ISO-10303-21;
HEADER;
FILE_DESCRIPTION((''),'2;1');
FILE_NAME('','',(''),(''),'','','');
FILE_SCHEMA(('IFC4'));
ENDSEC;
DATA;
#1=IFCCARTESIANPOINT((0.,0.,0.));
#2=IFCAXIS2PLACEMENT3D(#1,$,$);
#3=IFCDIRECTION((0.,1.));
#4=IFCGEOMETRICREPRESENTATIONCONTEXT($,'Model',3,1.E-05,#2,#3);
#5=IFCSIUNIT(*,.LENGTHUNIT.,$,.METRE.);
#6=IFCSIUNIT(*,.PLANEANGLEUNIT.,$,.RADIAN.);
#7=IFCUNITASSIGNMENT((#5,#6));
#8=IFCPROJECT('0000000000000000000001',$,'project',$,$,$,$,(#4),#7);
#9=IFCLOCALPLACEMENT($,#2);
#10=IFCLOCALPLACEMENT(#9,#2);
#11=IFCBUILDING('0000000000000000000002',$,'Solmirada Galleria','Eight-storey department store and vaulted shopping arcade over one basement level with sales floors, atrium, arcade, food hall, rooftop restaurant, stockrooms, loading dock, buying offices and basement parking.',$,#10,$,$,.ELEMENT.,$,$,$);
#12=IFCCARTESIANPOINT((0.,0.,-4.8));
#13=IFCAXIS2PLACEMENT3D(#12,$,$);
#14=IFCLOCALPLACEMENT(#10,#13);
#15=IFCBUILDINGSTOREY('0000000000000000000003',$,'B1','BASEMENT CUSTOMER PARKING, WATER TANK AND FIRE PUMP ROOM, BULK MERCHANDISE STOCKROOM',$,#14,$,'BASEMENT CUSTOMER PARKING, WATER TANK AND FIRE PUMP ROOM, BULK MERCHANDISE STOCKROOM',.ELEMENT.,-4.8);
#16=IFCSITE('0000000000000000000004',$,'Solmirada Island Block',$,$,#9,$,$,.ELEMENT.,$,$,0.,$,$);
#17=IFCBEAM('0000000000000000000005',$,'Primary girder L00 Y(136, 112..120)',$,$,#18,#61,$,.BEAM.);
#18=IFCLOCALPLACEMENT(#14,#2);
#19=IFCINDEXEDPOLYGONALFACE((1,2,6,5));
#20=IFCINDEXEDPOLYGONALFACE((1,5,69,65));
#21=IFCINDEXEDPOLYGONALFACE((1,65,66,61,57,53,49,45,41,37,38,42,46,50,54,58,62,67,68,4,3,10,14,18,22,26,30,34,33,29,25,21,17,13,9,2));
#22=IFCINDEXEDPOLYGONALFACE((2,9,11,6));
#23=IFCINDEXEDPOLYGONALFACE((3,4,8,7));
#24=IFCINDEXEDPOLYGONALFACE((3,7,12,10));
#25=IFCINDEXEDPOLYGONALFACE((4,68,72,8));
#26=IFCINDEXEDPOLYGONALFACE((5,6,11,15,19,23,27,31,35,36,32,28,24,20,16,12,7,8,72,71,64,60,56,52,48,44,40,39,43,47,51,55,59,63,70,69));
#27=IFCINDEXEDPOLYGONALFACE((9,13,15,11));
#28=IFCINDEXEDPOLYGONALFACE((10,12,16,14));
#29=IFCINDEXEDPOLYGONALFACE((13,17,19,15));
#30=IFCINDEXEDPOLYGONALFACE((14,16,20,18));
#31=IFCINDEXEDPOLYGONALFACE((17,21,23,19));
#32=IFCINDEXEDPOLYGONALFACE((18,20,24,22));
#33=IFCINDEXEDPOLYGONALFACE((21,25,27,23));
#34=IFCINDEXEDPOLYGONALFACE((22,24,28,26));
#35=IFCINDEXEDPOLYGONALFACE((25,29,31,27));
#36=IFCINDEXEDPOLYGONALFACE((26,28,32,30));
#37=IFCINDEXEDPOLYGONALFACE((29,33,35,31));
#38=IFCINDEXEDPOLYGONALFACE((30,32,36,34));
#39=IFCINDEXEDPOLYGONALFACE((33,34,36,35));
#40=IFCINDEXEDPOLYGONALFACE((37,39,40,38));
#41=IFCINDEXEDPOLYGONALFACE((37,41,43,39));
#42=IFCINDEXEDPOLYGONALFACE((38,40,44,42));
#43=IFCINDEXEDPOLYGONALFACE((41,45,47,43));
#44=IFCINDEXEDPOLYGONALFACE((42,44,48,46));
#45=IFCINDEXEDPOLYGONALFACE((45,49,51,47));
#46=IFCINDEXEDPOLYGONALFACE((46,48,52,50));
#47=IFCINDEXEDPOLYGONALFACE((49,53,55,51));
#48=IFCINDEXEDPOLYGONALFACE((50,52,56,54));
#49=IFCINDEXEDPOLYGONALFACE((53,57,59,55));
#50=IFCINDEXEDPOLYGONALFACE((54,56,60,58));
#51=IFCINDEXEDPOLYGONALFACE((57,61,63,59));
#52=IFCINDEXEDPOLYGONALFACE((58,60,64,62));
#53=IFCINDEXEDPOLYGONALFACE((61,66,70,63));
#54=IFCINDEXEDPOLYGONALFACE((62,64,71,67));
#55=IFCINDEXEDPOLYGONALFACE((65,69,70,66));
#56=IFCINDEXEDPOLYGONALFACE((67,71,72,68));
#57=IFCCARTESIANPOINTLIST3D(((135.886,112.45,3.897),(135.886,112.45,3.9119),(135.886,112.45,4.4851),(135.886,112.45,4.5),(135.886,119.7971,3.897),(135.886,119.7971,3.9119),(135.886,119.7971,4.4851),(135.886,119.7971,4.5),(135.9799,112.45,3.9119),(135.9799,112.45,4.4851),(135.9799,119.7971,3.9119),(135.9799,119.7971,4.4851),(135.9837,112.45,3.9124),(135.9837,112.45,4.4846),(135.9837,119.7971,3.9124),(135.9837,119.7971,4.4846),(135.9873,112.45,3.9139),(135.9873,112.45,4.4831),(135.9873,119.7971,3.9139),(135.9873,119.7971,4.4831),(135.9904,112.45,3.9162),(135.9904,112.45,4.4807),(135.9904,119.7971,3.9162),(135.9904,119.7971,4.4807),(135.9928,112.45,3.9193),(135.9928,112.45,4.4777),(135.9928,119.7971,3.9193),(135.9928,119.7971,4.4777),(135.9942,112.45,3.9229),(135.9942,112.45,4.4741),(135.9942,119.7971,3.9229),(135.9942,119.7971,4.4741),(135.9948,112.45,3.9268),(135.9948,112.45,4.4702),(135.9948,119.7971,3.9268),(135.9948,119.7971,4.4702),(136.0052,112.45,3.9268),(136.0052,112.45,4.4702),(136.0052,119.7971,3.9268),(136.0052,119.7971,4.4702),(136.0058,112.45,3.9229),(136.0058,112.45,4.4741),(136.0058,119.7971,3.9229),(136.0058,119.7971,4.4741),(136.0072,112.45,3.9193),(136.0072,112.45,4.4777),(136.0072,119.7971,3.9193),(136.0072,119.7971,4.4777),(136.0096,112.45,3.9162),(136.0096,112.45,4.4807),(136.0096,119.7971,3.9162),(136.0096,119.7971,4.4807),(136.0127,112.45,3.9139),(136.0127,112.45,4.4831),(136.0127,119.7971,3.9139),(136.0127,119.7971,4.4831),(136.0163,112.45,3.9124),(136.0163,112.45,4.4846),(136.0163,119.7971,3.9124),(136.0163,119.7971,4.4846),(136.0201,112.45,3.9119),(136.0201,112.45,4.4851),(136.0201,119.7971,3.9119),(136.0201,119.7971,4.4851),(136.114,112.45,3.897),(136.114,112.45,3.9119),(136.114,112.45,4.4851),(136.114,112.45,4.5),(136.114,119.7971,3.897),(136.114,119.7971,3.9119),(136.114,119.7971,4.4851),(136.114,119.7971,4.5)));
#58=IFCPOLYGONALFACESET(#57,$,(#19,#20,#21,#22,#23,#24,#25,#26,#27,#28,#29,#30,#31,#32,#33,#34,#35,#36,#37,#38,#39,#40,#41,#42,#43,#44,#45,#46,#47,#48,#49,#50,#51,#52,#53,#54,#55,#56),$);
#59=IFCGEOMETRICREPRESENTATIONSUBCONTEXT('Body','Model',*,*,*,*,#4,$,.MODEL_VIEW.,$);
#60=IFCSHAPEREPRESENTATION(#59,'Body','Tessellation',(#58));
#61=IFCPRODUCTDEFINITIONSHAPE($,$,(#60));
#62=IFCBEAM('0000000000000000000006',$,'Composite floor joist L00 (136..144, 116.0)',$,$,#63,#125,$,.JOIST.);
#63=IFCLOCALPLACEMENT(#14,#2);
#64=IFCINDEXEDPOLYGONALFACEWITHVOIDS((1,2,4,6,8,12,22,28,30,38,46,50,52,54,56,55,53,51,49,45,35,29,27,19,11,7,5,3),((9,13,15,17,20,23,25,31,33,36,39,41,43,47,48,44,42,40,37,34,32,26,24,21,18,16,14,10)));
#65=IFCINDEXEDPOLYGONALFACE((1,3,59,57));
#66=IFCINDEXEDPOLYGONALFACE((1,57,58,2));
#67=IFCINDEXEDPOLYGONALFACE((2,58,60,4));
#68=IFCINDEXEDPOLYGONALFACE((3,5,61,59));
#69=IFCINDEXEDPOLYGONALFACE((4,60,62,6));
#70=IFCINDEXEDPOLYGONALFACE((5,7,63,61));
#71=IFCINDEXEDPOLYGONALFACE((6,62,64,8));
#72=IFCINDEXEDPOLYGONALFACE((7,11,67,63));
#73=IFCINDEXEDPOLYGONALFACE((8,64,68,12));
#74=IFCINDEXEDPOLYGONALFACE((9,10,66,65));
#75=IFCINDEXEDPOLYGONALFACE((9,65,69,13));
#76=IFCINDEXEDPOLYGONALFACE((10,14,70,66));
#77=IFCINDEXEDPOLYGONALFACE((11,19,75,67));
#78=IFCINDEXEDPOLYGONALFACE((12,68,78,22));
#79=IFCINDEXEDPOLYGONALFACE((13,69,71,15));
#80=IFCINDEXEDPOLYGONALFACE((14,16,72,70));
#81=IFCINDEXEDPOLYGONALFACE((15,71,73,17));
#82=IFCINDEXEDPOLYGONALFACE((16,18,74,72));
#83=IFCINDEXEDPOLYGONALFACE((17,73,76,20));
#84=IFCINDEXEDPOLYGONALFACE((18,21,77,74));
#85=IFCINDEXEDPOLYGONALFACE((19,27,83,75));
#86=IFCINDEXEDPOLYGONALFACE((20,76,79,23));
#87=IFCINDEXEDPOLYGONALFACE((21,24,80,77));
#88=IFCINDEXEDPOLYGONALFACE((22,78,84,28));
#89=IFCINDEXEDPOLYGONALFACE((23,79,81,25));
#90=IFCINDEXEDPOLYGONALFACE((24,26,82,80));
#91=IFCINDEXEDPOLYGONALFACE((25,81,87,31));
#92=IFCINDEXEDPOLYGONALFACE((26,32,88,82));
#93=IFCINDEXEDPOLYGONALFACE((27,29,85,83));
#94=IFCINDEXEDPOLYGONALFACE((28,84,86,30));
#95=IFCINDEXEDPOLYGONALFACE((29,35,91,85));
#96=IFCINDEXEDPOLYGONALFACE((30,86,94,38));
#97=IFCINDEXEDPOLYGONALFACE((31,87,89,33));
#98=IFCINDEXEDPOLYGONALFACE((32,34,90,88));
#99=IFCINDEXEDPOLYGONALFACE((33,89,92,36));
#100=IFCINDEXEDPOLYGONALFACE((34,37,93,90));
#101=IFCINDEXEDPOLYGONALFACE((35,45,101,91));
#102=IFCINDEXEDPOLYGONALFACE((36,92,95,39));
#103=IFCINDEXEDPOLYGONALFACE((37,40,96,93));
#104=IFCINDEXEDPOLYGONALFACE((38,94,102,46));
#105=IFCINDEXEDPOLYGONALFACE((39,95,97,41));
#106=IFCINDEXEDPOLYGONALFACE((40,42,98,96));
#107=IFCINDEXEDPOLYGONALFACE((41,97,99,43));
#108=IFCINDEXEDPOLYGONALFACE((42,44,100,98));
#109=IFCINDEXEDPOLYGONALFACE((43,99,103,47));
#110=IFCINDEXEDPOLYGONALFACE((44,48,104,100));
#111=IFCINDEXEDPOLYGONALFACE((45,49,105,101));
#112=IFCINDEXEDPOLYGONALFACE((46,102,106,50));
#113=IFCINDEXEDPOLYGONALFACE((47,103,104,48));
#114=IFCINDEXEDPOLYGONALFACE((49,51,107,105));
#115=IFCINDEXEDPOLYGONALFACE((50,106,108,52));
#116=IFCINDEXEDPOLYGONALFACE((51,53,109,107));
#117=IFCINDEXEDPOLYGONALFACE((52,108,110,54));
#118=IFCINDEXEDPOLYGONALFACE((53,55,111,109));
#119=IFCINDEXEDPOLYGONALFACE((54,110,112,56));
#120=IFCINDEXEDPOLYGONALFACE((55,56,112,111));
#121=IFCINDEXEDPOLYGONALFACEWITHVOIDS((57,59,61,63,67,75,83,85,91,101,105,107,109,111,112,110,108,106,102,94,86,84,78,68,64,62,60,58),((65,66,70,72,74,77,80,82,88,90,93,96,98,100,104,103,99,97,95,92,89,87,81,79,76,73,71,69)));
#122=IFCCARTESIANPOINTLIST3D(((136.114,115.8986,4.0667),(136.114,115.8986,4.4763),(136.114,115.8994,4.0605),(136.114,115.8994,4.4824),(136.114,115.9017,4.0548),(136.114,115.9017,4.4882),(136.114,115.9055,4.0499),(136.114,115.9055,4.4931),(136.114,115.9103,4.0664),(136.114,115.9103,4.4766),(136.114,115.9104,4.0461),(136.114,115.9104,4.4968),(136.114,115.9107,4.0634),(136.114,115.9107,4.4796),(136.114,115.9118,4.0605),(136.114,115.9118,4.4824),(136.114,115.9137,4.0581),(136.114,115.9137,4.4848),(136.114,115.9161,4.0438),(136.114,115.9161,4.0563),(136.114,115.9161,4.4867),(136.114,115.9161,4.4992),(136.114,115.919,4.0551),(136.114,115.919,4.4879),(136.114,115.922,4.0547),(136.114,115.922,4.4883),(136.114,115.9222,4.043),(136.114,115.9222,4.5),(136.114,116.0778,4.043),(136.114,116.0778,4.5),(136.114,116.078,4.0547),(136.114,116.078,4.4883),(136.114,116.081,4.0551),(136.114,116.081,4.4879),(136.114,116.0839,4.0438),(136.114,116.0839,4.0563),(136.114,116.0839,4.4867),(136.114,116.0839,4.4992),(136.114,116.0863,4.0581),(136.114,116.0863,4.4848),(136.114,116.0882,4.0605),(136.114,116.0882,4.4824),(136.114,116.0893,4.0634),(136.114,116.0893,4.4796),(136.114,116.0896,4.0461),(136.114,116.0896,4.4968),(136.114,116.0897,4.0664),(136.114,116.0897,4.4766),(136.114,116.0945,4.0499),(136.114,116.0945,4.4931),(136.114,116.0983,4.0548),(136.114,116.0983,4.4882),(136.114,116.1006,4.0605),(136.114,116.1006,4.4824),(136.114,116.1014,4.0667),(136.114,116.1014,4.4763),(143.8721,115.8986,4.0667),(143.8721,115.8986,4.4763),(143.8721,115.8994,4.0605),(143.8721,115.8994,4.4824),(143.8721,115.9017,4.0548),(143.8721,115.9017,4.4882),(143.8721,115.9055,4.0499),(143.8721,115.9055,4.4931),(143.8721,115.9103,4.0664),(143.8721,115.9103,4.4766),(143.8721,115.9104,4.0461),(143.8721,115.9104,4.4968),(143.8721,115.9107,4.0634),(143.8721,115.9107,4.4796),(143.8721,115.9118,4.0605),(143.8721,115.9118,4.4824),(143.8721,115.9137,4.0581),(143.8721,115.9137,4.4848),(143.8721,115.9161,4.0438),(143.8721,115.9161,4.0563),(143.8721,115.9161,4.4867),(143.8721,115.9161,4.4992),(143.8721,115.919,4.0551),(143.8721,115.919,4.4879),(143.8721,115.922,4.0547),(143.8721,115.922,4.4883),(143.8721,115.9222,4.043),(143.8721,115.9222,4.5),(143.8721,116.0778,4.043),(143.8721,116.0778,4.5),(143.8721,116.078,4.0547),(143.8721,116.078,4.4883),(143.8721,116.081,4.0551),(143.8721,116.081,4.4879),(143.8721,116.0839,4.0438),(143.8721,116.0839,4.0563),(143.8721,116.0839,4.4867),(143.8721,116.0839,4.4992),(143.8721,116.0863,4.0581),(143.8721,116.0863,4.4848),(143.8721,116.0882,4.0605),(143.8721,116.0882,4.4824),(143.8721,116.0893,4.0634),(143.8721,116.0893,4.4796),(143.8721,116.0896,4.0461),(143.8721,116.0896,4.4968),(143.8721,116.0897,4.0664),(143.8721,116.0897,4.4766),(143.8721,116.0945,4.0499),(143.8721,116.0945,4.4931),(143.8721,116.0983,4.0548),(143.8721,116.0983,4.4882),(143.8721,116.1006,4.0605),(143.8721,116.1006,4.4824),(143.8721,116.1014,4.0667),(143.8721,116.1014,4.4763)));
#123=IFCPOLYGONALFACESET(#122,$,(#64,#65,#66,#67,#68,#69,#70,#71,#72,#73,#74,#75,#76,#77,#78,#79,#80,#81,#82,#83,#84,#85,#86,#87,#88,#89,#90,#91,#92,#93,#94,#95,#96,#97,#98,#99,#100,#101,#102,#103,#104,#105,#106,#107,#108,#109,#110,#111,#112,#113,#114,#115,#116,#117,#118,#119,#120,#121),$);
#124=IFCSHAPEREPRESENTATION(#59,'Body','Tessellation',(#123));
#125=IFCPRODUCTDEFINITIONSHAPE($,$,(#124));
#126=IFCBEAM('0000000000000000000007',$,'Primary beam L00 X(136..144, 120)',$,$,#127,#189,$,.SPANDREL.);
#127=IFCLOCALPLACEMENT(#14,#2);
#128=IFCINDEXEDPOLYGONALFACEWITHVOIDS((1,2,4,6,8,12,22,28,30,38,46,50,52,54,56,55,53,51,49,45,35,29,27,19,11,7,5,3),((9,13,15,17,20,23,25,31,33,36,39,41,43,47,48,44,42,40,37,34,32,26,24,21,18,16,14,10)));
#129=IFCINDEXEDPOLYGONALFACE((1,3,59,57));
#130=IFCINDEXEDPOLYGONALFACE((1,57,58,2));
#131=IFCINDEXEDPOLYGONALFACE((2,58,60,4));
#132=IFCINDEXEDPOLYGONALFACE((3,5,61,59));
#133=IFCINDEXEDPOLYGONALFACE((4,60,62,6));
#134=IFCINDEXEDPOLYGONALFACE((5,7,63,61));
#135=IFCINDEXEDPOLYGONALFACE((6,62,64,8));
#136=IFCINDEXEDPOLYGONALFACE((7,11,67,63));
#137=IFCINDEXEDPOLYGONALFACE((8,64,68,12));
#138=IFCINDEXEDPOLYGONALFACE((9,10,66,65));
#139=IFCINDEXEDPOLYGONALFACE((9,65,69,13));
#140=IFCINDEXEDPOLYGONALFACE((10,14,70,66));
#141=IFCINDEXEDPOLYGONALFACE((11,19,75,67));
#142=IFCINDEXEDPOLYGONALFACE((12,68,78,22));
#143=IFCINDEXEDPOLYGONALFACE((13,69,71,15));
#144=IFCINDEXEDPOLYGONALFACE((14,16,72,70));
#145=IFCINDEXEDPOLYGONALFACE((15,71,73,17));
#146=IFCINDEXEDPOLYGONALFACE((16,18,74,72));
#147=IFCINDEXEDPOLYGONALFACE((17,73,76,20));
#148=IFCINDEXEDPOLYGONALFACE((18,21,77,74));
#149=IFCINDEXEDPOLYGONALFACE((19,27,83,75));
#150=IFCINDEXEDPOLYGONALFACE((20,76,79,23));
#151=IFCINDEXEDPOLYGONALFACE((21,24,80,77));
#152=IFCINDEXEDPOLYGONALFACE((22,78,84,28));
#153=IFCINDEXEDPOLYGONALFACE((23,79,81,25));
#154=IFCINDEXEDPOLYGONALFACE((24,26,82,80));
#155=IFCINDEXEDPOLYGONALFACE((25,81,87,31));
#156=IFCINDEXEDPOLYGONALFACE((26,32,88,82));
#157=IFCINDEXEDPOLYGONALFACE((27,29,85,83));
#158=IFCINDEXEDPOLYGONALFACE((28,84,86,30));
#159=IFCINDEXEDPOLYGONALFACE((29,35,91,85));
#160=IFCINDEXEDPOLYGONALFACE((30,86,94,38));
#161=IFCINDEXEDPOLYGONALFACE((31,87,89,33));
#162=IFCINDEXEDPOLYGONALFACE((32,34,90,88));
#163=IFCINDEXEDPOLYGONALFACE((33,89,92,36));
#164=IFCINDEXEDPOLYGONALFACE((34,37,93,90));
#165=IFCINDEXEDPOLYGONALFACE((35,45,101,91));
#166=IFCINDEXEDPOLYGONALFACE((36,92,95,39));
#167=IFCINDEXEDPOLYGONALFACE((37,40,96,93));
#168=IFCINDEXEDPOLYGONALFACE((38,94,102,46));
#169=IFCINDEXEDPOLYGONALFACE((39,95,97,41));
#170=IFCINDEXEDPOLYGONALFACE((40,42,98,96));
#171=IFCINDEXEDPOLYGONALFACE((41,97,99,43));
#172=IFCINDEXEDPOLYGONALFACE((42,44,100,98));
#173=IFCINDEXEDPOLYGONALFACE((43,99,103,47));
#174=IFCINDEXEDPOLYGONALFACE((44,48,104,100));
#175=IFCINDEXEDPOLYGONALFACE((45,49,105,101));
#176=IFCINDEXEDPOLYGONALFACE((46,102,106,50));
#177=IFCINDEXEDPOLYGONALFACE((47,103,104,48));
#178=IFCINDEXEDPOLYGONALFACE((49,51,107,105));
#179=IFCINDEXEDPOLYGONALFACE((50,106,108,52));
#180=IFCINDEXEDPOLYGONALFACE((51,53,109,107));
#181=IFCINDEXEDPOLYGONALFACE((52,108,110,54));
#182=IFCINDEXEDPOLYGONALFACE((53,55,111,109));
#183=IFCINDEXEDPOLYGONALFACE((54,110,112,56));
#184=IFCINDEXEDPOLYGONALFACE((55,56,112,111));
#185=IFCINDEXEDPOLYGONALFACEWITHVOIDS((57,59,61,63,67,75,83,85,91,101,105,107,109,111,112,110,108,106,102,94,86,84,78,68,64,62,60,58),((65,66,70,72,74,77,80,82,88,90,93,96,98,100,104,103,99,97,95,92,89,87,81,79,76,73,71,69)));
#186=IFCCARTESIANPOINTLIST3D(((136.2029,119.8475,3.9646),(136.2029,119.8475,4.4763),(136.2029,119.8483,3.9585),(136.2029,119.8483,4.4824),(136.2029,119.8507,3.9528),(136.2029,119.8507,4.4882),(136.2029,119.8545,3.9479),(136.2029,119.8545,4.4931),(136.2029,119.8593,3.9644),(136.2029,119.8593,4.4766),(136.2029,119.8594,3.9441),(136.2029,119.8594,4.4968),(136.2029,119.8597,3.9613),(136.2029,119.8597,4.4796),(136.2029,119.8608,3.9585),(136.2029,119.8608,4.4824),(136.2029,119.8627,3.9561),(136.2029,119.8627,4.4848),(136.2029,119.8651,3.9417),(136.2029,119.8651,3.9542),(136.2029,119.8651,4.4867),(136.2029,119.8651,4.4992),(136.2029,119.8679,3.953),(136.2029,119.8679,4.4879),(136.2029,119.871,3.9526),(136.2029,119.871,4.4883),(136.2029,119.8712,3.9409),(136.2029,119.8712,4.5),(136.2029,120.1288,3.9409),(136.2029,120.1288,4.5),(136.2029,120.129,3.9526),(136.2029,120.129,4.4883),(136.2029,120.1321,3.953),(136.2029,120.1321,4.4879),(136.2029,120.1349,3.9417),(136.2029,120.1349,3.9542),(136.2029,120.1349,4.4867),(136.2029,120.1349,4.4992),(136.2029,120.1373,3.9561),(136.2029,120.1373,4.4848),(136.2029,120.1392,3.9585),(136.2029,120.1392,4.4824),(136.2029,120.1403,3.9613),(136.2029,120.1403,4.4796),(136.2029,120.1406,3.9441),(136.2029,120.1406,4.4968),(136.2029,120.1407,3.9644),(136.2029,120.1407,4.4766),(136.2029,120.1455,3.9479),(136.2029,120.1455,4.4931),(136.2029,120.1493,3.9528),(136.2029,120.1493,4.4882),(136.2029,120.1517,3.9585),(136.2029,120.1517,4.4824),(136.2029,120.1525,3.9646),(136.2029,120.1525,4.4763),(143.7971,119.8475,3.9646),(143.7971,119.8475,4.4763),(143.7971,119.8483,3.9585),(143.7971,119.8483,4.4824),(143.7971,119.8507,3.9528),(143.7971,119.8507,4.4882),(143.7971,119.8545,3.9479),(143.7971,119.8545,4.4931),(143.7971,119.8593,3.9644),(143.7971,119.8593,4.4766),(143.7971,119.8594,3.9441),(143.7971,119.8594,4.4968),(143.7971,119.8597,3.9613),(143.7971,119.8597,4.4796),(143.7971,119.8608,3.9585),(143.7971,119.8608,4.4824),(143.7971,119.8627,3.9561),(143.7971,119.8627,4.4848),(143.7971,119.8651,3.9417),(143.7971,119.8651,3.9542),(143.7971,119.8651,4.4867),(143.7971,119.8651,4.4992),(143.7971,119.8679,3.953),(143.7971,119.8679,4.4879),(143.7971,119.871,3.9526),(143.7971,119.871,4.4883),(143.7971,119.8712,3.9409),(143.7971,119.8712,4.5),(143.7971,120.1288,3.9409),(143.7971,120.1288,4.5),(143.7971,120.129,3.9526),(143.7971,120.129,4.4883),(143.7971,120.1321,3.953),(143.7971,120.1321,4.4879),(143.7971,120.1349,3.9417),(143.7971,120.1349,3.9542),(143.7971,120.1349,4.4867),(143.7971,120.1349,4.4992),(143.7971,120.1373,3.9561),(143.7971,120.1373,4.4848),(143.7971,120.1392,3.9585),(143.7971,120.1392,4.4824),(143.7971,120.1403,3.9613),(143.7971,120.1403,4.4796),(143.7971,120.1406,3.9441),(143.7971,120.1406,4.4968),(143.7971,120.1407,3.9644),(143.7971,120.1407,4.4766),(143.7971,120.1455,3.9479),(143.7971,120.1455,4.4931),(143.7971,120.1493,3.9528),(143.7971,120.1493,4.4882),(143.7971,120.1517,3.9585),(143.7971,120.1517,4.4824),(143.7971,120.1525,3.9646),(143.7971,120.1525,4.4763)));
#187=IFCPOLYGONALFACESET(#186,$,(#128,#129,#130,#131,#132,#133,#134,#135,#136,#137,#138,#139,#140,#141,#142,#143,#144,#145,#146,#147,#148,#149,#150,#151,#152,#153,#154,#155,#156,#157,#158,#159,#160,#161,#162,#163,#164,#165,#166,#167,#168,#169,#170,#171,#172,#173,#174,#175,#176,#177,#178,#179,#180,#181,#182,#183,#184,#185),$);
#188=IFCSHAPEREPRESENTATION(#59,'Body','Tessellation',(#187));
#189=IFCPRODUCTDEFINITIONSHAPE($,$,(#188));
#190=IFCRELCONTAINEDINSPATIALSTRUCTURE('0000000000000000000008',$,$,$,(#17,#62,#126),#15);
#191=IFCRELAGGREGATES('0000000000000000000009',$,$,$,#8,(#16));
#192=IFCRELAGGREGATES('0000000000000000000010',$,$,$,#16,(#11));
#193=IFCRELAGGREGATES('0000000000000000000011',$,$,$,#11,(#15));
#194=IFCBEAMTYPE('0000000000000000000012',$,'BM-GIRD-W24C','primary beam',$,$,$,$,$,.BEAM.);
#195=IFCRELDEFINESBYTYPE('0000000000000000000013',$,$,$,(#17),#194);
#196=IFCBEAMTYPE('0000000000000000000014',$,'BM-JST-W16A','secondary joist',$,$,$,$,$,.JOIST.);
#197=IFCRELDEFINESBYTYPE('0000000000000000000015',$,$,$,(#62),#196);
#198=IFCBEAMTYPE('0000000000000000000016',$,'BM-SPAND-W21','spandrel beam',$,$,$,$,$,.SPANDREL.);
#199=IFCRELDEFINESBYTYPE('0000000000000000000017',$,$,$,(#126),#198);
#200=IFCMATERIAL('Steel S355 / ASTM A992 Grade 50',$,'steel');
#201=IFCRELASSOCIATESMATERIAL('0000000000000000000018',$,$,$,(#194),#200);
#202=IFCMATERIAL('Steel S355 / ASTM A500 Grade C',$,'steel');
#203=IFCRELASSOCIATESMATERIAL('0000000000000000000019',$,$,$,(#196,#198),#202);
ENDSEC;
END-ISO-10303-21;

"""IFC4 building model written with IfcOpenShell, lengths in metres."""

from ifc_helpers import new_model, si_unit, direction, frame, origin, origin_2d, place, context, subcontext, project, spatial, hollow_rectangle, i_section, extrude, material, material_profile, profile_set, type_object, element, save


model = new_model("IFC4")

# Units and contexts
model_context = context("Model", 3, precision=1e-05, world=origin(), true_north=direction((0.0, 1.0)))
body_context = subcontext(model_context, "Body", "Model", "MODEL_VIEW")
ifc_project = project(units=[si_unit("LENGTHUNIT", "METRE"), si_unit("PLANEANGLEUNIT", "RADIAN")], contexts=[model_context])

# Site, building, storey
site_placement = place(None, origin())
site = spatial("IfcSite", under=ifc_project, at=site_placement, Name="Solmirada Island Block", CompositionType="ELEMENT", RefElevation=0.0)
building_placement = place(site_placement, origin())
building = spatial("IfcBuilding", under=site, at=building_placement, Name="Solmirada Galleria", Description="Eight-storey department store and vaulted shopping arcade over one basement level with sales floors, atrium, arcade, food hall, rooftop restaurant, stockrooms, loading dock, buying offices and basement parking.", CompositionType="ELEMENT")
storey_placement = place(building_placement, frame((0.0, 0.0, -4.8)))
storey = spatial("IfcBuildingStorey", under=building, at=storey_placement, Name="B1", Description="BASEMENT CUSTOMER PARKING, WATER TANK AND FIRE PUMP ROOM, BULK MERCHANDISE STOCKROOM", LongName="BASEMENT CUSTOMER PARKING, WATER TANK AND FIRE PUMP ROOM, BULK MERCHANDISE STOCKROOM", CompositionType="ELEMENT", Elevation=-4.8)

# Shared definitions
ifc_material_1 = material(Name="Steel S355 / ASTM A500 Grade C", Category="steel")

# Beams
ifc_material_2 = material(Name="Steel S355 / ASTM A992 Grade 50", Category="steel")
ifc_material_profile_1 = material_profile(ifc_material_2, i_section(OverallWidth=0.228, OverallDepth=0.603, WebThickness=0.0105, FlangeThickness=0.0149, FilletRadius=0.0149, at=origin_2d()), Name="W24X68")
ifc_profile_set_1 = profile_set([ifc_material_profile_1], Name="Steel S355 / ASTM A992 Grade 50")
beam_type_1 = type_object("IfcBeamType", Name="BM-GIRD-W24C", Description="primary beam", PredefinedType="BEAM", material=ifc_profile_set_1)
beam_1_placement = place(storey_placement, frame((136.0, 112.45, 4.1985), z_axis=(0.0, 1.0, 0.0), x_axis=(-1.0, 0.0, 0.0)))
element("IfcBeam", 1, at=beam_1_placement, inside=storey, type_object=beam_type_1, Name="Primary girder L00 Y(136, 112..120)", PredefinedType="BEAM", context=body_context, shape_type="SweptSolid", body=[
    extrude(i_section(OverallWidth=0.228, OverallDepth=0.603, WebThickness=0.0105, FlangeThickness=0.0149, FilletRadius=0.0149, at=origin_2d()), origin(), (0.0, 0.0, 1.0), 7.3472),
])
ifc_material_profile_2 = material_profile(ifc_material_1, hollow_rectangle(XDim=0.2029, YDim=0.457, WallThickness=0.0117, InnerFilletRadius=0.0117, OuterFilletRadius=0.0237, at=origin_2d()), Name="HSS18X8X1/2")
ifc_profile_set_2 = profile_set([ifc_material_profile_2], Name="Steel S355 / ASTM A500 Grade C")
beam_type_2 = type_object("IfcBeamType", Name="BM-JST-W16A", Description="secondary joist", PredefinedType="JOIST", material=ifc_profile_set_2)
beam_2_placement = place(storey_placement, frame((136.114, 116.0, 4.2715), z_axis=(1.0, 0.0, 0.0), x_axis=(0.0, 1.0, 0.0)))
element("IfcBeam", 2, at=beam_2_placement, inside=storey, type_object=beam_type_2, Name="Composite floor joist L00 (136..144, 116.0)", PredefinedType="JOIST", context=body_context, shape_type="SweptSolid", body=[
    extrude(hollow_rectangle(XDim=0.2029, YDim=0.457, WallThickness=0.0117, InnerFilletRadius=0.0117, OuterFilletRadius=0.0237, at=origin_2d()), origin(), (0.0, 0.0, 1.0), 7.7581),
])
ifc_material_profile_3 = material_profile(ifc_material_1, hollow_rectangle(XDim=0.3049, YDim=0.5591, WallThickness=0.0117, InnerFilletRadius=0.0117, OuterFilletRadius=0.0237, at=origin_2d()), Name="HSS22X12X1/2")
ifc_profile_set_3 = profile_set([ifc_material_profile_3], Name="Steel S355 / ASTM A500 Grade C")
beam_type_3 = type_object("IfcBeamType", Name="BM-SPAND-W21", Description="spandrel beam", PredefinedType="SPANDREL", material=ifc_profile_set_3)
beam_3_placement = place(storey_placement, frame((136.2029, 120.0, 4.2205), z_axis=(1.0, 0.0, 0.0), x_axis=(0.0, 1.0, 0.0)))
element("IfcBeam", 3, at=beam_3_placement, inside=storey, type_object=beam_type_3, Name="Primary beam L00 X(136..144, 120)", PredefinedType="SPANDREL", context=body_context, shape_type="SweptSolid", body=[
    extrude(hollow_rectangle(XDim=0.3049, YDim=0.5591, WallThickness=0.0117, InnerFilletRadius=0.0117, OuterFilletRadius=0.0237, at=origin_2d()), origin(), (0.0, 0.0, 1.0), 7.5942),
])

save(model, "model.ifc")
